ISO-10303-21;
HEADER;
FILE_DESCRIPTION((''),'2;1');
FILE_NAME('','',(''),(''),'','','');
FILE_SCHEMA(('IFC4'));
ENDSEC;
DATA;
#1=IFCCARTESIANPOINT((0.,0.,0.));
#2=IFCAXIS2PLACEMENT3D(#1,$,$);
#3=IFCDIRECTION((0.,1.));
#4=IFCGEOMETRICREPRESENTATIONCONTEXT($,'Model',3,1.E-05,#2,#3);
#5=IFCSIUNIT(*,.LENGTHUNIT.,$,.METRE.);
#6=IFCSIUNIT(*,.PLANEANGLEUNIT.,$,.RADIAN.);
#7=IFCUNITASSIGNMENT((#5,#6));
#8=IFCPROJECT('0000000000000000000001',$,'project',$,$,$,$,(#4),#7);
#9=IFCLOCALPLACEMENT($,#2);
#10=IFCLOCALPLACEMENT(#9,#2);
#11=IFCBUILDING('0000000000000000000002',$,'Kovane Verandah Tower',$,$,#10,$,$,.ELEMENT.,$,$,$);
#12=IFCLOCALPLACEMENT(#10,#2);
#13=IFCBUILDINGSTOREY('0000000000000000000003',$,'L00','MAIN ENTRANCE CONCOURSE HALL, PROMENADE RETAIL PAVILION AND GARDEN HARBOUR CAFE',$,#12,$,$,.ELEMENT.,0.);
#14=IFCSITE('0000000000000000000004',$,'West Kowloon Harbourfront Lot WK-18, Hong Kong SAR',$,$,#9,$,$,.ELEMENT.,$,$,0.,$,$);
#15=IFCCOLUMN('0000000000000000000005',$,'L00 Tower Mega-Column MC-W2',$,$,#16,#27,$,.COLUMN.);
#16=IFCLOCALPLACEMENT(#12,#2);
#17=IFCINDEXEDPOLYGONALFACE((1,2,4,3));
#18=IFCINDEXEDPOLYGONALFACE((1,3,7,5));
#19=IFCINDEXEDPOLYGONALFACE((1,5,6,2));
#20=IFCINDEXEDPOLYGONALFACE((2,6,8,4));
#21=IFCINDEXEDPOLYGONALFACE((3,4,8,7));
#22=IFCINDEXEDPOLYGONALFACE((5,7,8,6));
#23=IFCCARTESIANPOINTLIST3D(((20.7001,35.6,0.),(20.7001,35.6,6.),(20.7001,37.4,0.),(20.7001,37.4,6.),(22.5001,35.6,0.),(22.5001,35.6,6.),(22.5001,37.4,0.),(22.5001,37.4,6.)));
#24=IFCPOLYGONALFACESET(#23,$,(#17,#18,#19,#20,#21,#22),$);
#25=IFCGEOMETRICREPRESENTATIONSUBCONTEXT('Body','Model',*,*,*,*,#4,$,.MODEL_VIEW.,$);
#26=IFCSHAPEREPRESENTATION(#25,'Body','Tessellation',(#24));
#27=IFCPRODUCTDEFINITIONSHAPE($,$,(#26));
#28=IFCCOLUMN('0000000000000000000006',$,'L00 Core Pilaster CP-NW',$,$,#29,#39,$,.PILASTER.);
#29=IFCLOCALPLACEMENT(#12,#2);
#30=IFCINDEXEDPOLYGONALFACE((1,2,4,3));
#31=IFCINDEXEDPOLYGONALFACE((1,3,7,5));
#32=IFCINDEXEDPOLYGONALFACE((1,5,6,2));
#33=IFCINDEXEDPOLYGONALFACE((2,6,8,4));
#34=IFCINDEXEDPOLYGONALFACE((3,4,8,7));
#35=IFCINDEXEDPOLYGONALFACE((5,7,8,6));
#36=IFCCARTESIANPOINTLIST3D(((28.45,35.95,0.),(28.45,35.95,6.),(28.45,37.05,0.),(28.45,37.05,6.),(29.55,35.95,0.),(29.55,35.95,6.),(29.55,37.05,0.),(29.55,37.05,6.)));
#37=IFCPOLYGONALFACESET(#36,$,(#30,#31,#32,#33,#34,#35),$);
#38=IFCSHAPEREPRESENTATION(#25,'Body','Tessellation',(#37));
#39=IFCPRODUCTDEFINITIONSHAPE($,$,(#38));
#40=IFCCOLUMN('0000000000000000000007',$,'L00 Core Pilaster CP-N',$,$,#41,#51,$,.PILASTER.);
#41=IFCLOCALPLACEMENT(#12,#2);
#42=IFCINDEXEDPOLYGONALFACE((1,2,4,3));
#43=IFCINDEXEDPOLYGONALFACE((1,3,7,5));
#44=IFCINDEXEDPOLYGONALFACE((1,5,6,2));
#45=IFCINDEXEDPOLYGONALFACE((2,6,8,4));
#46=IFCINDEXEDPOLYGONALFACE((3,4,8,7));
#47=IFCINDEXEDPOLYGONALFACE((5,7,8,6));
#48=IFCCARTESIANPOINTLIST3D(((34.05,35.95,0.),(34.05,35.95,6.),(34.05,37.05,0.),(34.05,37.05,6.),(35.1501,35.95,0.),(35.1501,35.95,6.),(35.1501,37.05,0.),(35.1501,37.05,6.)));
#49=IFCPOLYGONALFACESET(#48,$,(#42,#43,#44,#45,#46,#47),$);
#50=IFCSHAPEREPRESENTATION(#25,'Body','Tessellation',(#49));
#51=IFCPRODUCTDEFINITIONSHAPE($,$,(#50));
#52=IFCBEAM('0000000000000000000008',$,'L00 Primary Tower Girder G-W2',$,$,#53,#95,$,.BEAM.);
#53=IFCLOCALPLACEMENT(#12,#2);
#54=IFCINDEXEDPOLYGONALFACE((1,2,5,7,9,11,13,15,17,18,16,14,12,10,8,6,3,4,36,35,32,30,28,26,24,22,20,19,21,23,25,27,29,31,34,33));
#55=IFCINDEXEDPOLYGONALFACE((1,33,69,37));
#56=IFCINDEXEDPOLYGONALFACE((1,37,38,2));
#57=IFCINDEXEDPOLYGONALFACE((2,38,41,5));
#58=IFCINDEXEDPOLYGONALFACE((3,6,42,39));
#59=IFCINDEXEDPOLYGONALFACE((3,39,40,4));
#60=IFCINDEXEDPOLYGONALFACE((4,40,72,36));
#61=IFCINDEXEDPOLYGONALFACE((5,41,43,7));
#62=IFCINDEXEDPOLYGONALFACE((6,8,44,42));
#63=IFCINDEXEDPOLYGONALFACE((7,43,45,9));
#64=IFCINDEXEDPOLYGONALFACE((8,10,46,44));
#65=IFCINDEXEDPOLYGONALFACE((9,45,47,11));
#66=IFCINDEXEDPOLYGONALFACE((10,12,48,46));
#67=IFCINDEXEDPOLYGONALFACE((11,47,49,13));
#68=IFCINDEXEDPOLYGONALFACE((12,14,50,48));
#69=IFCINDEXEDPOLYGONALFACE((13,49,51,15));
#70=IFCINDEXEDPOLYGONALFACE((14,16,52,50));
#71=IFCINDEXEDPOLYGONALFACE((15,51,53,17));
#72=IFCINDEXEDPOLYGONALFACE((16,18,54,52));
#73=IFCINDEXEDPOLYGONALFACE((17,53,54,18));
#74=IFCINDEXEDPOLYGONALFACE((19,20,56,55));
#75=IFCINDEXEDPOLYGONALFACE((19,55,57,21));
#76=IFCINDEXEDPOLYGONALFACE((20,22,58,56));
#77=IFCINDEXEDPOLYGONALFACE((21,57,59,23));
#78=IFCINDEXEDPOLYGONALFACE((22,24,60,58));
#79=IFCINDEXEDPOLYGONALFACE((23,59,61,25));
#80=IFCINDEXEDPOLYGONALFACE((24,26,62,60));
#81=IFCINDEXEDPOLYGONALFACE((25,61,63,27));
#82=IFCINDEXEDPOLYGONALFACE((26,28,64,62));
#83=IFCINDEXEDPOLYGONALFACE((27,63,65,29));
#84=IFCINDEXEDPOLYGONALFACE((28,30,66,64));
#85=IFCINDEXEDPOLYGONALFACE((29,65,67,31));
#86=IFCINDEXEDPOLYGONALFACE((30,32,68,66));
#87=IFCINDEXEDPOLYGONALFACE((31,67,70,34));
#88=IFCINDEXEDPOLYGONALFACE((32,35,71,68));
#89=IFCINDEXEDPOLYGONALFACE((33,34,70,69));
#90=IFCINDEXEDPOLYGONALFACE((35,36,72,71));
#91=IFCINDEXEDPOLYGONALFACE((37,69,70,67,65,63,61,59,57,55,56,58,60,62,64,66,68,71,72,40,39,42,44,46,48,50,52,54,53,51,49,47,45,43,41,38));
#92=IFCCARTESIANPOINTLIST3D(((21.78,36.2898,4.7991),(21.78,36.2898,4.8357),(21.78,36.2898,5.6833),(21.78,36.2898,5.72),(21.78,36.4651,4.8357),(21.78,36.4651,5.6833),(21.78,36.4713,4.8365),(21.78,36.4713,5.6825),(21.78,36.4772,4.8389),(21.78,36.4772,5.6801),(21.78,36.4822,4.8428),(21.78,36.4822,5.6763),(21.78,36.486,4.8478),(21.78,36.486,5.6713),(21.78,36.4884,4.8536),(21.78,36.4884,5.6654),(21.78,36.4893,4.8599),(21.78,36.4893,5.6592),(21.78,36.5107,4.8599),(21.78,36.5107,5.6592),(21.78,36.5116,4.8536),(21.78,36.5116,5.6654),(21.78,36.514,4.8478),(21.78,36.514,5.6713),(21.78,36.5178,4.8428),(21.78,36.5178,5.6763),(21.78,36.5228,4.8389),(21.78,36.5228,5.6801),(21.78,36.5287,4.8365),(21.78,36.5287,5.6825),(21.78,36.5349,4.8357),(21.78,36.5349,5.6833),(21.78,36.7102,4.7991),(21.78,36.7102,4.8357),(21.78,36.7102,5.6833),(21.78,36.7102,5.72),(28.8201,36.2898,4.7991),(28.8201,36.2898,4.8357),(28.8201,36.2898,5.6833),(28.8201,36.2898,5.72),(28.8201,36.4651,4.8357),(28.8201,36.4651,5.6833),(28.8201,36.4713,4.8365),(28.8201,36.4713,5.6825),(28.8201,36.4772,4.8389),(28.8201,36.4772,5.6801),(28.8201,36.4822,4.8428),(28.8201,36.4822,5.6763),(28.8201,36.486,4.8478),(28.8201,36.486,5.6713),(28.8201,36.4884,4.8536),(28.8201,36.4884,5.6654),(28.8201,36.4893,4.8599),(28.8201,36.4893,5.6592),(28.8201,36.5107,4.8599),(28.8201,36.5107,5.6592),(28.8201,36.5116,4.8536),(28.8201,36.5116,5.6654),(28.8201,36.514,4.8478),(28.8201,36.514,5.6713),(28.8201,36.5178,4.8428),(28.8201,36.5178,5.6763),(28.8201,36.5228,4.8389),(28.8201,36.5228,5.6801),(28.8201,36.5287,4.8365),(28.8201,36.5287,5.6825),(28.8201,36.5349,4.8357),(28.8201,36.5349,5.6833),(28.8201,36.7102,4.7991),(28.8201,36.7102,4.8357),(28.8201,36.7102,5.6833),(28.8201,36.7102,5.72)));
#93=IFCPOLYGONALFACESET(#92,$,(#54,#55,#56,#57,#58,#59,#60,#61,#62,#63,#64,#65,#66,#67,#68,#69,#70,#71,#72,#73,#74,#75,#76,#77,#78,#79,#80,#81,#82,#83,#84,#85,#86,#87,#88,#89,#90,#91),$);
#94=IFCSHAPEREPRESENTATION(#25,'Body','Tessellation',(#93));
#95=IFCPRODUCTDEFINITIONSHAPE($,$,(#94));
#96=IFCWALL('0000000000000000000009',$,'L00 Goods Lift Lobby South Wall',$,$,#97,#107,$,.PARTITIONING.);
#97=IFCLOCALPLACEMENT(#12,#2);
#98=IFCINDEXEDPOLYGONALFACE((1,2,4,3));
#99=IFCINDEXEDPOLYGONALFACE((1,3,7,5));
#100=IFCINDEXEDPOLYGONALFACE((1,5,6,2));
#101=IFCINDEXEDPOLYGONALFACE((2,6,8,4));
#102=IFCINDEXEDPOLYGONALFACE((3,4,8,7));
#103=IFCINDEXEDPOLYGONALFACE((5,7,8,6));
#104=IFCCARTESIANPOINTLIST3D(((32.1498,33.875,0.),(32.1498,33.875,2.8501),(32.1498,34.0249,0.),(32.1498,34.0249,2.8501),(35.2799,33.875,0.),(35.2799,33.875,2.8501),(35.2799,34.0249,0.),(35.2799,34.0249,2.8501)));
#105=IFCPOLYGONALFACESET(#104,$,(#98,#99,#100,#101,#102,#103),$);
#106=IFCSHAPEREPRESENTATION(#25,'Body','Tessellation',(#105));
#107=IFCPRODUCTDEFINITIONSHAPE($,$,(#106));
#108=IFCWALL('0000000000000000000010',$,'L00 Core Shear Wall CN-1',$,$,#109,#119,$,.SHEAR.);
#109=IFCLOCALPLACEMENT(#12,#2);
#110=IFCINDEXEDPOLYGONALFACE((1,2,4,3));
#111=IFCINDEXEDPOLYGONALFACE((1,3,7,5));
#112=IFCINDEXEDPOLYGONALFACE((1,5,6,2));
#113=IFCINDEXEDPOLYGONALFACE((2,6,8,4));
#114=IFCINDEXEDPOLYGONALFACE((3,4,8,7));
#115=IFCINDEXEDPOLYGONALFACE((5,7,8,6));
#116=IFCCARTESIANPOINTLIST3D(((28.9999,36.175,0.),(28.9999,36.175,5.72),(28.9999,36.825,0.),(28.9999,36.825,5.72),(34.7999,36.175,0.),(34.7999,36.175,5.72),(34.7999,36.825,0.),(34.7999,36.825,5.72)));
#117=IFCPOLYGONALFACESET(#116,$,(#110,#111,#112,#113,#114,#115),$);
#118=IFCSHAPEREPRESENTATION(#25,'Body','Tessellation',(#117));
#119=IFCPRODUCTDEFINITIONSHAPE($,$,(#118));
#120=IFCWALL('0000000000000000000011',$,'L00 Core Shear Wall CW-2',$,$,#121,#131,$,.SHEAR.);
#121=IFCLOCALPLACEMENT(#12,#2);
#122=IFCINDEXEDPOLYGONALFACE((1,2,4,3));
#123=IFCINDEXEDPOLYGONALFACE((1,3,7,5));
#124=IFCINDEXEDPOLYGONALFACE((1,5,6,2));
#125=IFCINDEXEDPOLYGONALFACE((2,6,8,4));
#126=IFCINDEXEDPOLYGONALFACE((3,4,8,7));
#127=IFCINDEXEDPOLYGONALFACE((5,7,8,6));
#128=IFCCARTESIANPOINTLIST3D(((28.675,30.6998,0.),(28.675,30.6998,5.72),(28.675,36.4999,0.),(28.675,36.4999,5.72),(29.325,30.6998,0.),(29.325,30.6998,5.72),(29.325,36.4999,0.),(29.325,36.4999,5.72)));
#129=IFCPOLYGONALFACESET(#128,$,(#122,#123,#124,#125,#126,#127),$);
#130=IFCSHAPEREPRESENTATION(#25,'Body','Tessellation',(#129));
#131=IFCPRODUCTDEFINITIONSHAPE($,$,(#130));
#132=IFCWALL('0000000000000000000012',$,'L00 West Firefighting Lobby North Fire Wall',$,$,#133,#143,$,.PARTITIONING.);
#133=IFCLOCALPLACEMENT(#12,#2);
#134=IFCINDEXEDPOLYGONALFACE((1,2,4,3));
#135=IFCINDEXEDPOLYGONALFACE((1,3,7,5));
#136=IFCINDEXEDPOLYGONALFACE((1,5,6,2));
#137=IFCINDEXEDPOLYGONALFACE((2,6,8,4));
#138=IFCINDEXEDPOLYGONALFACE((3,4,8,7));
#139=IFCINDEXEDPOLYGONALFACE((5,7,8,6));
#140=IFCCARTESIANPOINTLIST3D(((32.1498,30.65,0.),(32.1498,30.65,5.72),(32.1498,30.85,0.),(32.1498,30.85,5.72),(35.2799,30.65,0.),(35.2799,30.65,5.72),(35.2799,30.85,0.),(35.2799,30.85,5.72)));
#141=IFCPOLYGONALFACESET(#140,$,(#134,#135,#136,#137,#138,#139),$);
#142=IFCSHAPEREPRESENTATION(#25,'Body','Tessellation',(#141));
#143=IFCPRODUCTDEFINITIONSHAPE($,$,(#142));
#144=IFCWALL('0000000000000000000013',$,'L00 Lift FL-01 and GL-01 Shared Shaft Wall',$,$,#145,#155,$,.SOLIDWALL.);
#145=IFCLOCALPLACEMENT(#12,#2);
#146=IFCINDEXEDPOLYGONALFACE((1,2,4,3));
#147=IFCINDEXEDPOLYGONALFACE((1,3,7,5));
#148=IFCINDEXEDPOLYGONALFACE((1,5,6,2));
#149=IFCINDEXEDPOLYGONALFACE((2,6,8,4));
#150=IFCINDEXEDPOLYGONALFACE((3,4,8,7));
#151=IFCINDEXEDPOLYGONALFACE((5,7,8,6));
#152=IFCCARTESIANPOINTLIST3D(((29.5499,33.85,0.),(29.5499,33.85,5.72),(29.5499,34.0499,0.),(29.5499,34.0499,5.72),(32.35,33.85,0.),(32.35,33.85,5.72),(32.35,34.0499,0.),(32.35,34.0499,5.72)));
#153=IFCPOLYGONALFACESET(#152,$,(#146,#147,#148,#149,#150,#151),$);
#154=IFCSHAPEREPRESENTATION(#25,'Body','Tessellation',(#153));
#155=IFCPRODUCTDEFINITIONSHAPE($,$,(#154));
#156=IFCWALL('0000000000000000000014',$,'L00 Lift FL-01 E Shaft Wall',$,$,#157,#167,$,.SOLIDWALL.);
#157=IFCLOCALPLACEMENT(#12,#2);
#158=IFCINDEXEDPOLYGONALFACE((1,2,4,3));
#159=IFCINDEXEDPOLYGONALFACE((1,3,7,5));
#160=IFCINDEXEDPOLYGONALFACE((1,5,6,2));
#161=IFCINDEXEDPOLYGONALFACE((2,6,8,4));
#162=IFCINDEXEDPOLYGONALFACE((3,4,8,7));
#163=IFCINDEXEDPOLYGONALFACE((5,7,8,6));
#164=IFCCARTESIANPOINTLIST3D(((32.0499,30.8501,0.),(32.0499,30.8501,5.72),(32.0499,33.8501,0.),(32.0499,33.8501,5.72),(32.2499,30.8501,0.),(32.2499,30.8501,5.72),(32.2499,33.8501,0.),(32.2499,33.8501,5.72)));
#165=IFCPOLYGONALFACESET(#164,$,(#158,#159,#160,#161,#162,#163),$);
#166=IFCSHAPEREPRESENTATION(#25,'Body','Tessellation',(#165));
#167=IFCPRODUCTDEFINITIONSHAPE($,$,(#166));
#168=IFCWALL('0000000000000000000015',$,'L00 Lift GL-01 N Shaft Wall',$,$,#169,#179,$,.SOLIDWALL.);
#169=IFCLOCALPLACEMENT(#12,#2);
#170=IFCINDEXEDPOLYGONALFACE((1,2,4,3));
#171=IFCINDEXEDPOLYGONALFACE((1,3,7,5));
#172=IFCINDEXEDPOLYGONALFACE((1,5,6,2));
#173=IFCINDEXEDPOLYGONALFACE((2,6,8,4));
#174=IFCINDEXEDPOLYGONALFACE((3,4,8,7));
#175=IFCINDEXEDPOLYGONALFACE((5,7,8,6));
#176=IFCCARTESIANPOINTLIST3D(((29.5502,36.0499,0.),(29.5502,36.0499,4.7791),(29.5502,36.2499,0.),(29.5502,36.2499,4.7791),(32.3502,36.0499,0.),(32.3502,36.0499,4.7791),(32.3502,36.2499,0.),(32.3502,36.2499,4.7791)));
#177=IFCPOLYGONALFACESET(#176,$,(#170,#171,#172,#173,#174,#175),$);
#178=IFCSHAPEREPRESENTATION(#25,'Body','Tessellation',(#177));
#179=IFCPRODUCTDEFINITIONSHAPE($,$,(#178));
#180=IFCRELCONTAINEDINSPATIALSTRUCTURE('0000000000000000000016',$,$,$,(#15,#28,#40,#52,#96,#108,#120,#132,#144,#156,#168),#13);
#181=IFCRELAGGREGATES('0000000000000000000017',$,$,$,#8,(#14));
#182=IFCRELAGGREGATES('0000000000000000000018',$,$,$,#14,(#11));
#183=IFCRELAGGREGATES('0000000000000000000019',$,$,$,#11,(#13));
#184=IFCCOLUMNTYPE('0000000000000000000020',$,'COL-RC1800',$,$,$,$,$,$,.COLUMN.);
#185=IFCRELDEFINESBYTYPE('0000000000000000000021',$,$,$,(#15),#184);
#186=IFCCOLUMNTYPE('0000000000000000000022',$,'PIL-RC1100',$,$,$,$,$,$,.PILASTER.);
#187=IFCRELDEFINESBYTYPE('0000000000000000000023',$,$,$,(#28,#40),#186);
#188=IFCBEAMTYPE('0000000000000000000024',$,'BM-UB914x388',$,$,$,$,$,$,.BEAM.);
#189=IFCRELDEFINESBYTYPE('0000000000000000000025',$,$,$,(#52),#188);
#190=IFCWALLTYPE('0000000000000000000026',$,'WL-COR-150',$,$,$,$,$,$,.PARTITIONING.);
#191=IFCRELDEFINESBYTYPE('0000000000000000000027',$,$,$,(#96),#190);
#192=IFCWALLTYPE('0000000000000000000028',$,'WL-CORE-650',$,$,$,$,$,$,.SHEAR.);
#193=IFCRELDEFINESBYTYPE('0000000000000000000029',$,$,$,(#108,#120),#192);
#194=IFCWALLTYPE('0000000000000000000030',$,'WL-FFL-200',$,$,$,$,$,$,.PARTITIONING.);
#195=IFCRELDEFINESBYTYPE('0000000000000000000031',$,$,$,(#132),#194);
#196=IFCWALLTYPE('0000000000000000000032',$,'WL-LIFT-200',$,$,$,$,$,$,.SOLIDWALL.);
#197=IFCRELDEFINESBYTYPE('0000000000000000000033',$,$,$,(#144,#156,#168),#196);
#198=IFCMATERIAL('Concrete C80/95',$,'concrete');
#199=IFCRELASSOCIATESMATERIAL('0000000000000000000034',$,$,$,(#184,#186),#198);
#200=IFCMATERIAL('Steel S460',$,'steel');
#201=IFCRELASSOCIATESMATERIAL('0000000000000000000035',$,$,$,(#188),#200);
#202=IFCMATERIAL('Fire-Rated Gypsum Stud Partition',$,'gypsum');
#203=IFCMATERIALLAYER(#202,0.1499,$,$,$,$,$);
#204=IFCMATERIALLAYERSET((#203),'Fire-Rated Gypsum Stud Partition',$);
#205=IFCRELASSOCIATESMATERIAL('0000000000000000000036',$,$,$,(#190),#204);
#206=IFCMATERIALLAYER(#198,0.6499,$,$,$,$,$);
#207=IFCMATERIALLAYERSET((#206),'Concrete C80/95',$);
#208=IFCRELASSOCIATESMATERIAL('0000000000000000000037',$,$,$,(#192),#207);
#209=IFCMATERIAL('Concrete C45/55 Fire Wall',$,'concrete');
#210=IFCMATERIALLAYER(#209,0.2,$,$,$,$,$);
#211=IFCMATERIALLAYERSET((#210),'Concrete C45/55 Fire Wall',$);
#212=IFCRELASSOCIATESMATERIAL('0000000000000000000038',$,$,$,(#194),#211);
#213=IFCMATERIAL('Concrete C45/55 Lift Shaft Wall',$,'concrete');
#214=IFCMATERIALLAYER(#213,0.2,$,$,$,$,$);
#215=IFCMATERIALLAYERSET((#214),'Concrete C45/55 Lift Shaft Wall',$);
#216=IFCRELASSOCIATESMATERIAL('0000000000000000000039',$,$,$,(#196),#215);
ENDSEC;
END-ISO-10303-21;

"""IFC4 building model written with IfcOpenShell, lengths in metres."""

from ifc_helpers import new_model, si_unit, direction, frame, frame_2d, origin, origin_2d, place, context, subcontext, project, spatial, rectangle, i_section, extrude, material, layer, layer_set, material_profile, profile_set, type_object, element, save


model = new_model("IFC4")

# Units and contexts
model_context = context("Model", 3, precision=1e-05, world=origin(), true_north=direction((0.0, 1.0)))
body_context = subcontext(model_context, "Body", "Model", "MODEL_VIEW")
ifc_project = project(units=[si_unit("LENGTHUNIT", "METRE"), si_unit("PLANEANGLEUNIT", "RADIAN")], contexts=[model_context])

# Site, building, storey
site_placement = place(None, origin())
site = spatial("IfcSite", under=ifc_project, at=site_placement, Name="West Kowloon Harbourfront Lot WK-18, Hong Kong SAR", CompositionType="ELEMENT", RefElevation=0.0)
building_placement = place(site_placement, origin())
building = spatial("IfcBuilding", under=site, at=building_placement, Name="Kovane Verandah Tower", CompositionType="ELEMENT")
storey_placement = place(building_placement, origin())
storey = spatial("IfcBuildingStorey", under=building, at=storey_placement, Name="L00", Description="MAIN ENTRANCE CONCOURSE HALL, PROMENADE RETAIL PAVILION AND GARDEN HARBOUR CAFE", CompositionType="ELEMENT", Elevation=0.0)

# Columns
ifc_material_1 = material(Name="Concrete C80/95", Category="concrete")
ifc_material_profile_1 = material_profile(ifc_material_1, rectangle(XDim=1.8, YDim=1.8, at=origin_2d()), Name="RC1800x1800")
ifc_profile_set_1 = profile_set([ifc_material_profile_1], Name="Concrete C80/95")
column_type_1 = type_object("IfcColumnType", Name="COL-RC1800", PredefinedType="COLUMN", material=ifc_profile_set_1)
column_placement = place(storey_placement, frame((21.6001, 36.5, 0.0), z_axis=(0.0, 0.0, 1.0), x_axis=(1.0, 0.0, 0.0)))
element("IfcColumn", 1, at=column_placement, inside=storey, type_object=column_type_1, Name="L00 Tower Mega-Column MC-W2", PredefinedType="COLUMN", context=body_context, shape_type="SweptSolid", body=[
    extrude(rectangle(XDim=1.8, YDim=1.8, at=origin_2d()), origin(), (0.0, 0.0, 1.0), 6.0),
])
ifc_material_profile_2 = material_profile(ifc_material_1, rectangle(XDim=1.1001, YDim=1.1001, at=origin_2d()), Name="RC1100x1100")
ifc_profile_set_2 = profile_set([ifc_material_profile_2], Name="Concrete C80/95")
column_type_2 = type_object("IfcColumnType", Name="PIL-RC1100", PredefinedType="PILASTER", material=ifc_profile_set_2)
for number, where, z_axis, x_axis, name in (
    (2, (29.0, 36.5, 0.0), (0.0, 0.0, 1.0), (1.0, 0.0, 0.0), "L00 Core Pilaster CP-NW"),
    (3, (34.6001, 36.5, 0.0), (0.0, 0.0, 1.0), (1.0, 0.0, 0.0), "L00 Core Pilaster CP-N"),
):
    element("IfcColumn", number, at=place(storey_placement, frame(where, z_axis=z_axis, x_axis=x_axis)), inside=storey, type_object=column_type_2, Name=name, PredefinedType="PILASTER", context=body_context, shape_type="SweptSolid", body=[
        extrude(rectangle(XDim=1.1001, YDim=1.1001, at=origin_2d()), origin(), (0.0, 0.0, 1.0), 6.0),
    ])

# Beam
ifc_material_2 = material(Name="Steel S460", Category="steel")
ifc_material_profile_3 = material_profile(ifc_material_2, i_section(OverallWidth=0.4204, OverallDepth=0.9209, WebThickness=0.0215, FlangeThickness=0.0366, FilletRadius=0.0242, at=origin_2d()), Name="UB914x419x388")
ifc_profile_set_3 = profile_set([ifc_material_profile_3], Name="Steel S460")
beam_type = type_object("IfcBeamType", Name="BM-UB914x388", PredefinedType="BEAM", material=ifc_profile_set_3)
beam_placement = place(storey_placement, frame((28.8201, 36.5, 5.2595), z_axis=(-1.0, 0.0, 0.0), x_axis=(0.0, -1.0, 0.0)))
element("IfcBeam", 4, at=beam_placement, inside=storey, type_object=beam_type, Name="L00 Primary Tower Girder G-W2", PredefinedType="BEAM", context=body_context, shape_type="SweptSolid", body=[
    extrude(i_section(OverallWidth=0.4204, OverallDepth=0.9209, WebThickness=0.0215, FlangeThickness=0.0366, FilletRadius=0.0242, at=origin_2d()), origin(), (0.0, 0.0, 1.0), 7.04),
])

# Wall
ifc_material_3 = material(Name="Fire-Rated Gypsum Stud Partition", Category="gypsum")
ifc_layer_1 = layer(ifc_material_3, 0.1499)
ifc_layer_set_1 = layer_set([ifc_layer_1], Name="Fire-Rated Gypsum Stud Partition")
wall_type_1 = type_object("IfcWallType", Name="WL-COR-150", PredefinedType="PARTITIONING", material=ifc_layer_set_1)
wall_1_placement = place(storey_placement, frame((32.1499, 33.95, 0.0), z_axis=(0.0, 0.0, 1.0), x_axis=(1.0, 0.0, 0.0)))
element("IfcWall", 5, at=wall_1_placement, inside=storey, type_object=wall_type_1, Name="L00 Goods Lift Lobby South Wall", PredefinedType="PARTITIONING", context=body_context, shape_type="SweptSolid", body=[
    extrude(rectangle(XDim=3.1301, YDim=0.1499, at=frame_2d((1.5649, 0.0))), origin(), (0.0, 0.0, 1.0), 2.8501),
])

# Walls
ifc_layer_2 = layer(ifc_material_1, 0.6499)
ifc_layer_set_2 = layer_set([ifc_layer_2], Name="Concrete C80/95")
wall_type_2 = type_object("IfcWallType", Name="WL-CORE-650", PredefinedType="SHEAR", material=ifc_layer_set_2)
for number, where, z_axis, x_axis, name in (
    (6, (29.0, 36.5, 0.0), (0.0, 0.0, 1.0), (1.0, 0.0, 0.0), "L00 Core Shear Wall CN-1"),
    (7, (29.0, 30.7, 0.0), (0.0, 0.0, 1.0), (0.0, 1.0, 0.0), "L00 Core Shear Wall CW-2"),
):
    element("IfcWall", number, at=place(storey_placement, frame(where, z_axis=z_axis, x_axis=x_axis)), inside=storey, type_object=wall_type_2, Name=name, PredefinedType="SHEAR", context=body_context, shape_type="SweptSolid", body=[
        extrude(rectangle(XDim=5.8, YDim=0.6499, at=frame_2d((2.8999, 0.0))), origin(), (0.0, 0.0, 1.0), 5.72),
    ])

# Shared definitions
ifc_material_4 = material(Name="Concrete C45/55 Fire Wall", Category="concrete")
ifc_layer_3 = layer(ifc_material_4, 0.2)
ifc_layer_set_3 = layer_set([ifc_layer_3], Name="Concrete C45/55 Fire Wall")
wall_type_3 = type_object("IfcWallType", Name="WL-FFL-200", PredefinedType="PARTITIONING", material=ifc_layer_set_3)

# Wall
wall_2_placement = place(storey_placement, frame((32.1499, 30.75, 0.0), z_axis=(0.0, 0.0, 1.0), x_axis=(1.0, 0.0, 0.0)))
element("IfcWall", 8, at=wall_2_placement, inside=storey, type_object=wall_type_3, Name="L00 West Firefighting Lobby North Fire Wall", PredefinedType="PARTITIONING", context=body_context, shape_type="SweptSolid", body=[
    extrude(rectangle(XDim=3.1301, YDim=0.2, at=frame_2d((1.5649, 0.0))), origin(), (0.0, 0.0, 1.0), 5.72),
])

# Shared definitions
ifc_material_5 = material(Name="Concrete C45/55 Lift Shaft Wall", Category="concrete")
ifc_layer_4 = layer(ifc_material_5, 0.2)
ifc_layer_set_4 = layer_set([ifc_layer_4], Name="Concrete C45/55 Lift Shaft Wall")
wall_type_4 = type_object("IfcWallType", Name="WL-LIFT-200", PredefinedType="SOLIDWALL", material=ifc_layer_set_4)

# Walls
wall_3_placement = place(storey_placement, frame((29.55, 33.95, 0.0), z_axis=(0.0, 0.0, 1.0), x_axis=(1.0, 0.0, 0.0)))
element("IfcWall", 9, at=wall_3_placement, inside=storey, type_object=wall_type_4, Name="L00 Lift FL-01 and GL-01 Shared Shaft Wall", PredefinedType="SOLIDWALL", context=body_context, shape_type="SweptSolid", body=[
    extrude(rectangle(XDim=2.8, YDim=0.2, at=frame_2d((1.3999, 0.0))), origin(), (0.0, 0.0, 1.0), 5.72),
])
wall_4_placement = place(storey_placement, frame((32.1499, 30.8501, 0.0), z_axis=(0.0, 0.0, 1.0), x_axis=(0.0, 1.0, 0.0)))
element("IfcWall", 10, at=wall_4_placement, inside=storey, type_object=wall_type_4, Name="L00 Lift FL-01 E Shaft Wall", PredefinedType="SOLIDWALL", context=body_context, shape_type="SweptSolid", body=[
    extrude(rectangle(XDim=3.0, YDim=0.2, at=frame_2d((1.5, 0.0))), origin(), (0.0, 0.0, 1.0), 5.72),
])
wall_5_placement = place(storey_placement, frame((32.3501, 36.1499, 0.0), z_axis=(0.0, 0.0, 1.0), x_axis=(-1.0, 0.0, 0.0)))
element("IfcWall", 11, at=wall_5_placement, inside=storey, type_object=wall_type_4, Name="L00 Lift GL-01 N Shaft Wall", PredefinedType="SOLIDWALL", context=body_context, shape_type="SweptSolid", body=[
    extrude(rectangle(XDim=2.8, YDim=0.2, at=frame_2d((1.3999, 0.0))), origin(), (0.0, 0.0, 1.0), 4.7791),
])

save(model, "model.ifc")
